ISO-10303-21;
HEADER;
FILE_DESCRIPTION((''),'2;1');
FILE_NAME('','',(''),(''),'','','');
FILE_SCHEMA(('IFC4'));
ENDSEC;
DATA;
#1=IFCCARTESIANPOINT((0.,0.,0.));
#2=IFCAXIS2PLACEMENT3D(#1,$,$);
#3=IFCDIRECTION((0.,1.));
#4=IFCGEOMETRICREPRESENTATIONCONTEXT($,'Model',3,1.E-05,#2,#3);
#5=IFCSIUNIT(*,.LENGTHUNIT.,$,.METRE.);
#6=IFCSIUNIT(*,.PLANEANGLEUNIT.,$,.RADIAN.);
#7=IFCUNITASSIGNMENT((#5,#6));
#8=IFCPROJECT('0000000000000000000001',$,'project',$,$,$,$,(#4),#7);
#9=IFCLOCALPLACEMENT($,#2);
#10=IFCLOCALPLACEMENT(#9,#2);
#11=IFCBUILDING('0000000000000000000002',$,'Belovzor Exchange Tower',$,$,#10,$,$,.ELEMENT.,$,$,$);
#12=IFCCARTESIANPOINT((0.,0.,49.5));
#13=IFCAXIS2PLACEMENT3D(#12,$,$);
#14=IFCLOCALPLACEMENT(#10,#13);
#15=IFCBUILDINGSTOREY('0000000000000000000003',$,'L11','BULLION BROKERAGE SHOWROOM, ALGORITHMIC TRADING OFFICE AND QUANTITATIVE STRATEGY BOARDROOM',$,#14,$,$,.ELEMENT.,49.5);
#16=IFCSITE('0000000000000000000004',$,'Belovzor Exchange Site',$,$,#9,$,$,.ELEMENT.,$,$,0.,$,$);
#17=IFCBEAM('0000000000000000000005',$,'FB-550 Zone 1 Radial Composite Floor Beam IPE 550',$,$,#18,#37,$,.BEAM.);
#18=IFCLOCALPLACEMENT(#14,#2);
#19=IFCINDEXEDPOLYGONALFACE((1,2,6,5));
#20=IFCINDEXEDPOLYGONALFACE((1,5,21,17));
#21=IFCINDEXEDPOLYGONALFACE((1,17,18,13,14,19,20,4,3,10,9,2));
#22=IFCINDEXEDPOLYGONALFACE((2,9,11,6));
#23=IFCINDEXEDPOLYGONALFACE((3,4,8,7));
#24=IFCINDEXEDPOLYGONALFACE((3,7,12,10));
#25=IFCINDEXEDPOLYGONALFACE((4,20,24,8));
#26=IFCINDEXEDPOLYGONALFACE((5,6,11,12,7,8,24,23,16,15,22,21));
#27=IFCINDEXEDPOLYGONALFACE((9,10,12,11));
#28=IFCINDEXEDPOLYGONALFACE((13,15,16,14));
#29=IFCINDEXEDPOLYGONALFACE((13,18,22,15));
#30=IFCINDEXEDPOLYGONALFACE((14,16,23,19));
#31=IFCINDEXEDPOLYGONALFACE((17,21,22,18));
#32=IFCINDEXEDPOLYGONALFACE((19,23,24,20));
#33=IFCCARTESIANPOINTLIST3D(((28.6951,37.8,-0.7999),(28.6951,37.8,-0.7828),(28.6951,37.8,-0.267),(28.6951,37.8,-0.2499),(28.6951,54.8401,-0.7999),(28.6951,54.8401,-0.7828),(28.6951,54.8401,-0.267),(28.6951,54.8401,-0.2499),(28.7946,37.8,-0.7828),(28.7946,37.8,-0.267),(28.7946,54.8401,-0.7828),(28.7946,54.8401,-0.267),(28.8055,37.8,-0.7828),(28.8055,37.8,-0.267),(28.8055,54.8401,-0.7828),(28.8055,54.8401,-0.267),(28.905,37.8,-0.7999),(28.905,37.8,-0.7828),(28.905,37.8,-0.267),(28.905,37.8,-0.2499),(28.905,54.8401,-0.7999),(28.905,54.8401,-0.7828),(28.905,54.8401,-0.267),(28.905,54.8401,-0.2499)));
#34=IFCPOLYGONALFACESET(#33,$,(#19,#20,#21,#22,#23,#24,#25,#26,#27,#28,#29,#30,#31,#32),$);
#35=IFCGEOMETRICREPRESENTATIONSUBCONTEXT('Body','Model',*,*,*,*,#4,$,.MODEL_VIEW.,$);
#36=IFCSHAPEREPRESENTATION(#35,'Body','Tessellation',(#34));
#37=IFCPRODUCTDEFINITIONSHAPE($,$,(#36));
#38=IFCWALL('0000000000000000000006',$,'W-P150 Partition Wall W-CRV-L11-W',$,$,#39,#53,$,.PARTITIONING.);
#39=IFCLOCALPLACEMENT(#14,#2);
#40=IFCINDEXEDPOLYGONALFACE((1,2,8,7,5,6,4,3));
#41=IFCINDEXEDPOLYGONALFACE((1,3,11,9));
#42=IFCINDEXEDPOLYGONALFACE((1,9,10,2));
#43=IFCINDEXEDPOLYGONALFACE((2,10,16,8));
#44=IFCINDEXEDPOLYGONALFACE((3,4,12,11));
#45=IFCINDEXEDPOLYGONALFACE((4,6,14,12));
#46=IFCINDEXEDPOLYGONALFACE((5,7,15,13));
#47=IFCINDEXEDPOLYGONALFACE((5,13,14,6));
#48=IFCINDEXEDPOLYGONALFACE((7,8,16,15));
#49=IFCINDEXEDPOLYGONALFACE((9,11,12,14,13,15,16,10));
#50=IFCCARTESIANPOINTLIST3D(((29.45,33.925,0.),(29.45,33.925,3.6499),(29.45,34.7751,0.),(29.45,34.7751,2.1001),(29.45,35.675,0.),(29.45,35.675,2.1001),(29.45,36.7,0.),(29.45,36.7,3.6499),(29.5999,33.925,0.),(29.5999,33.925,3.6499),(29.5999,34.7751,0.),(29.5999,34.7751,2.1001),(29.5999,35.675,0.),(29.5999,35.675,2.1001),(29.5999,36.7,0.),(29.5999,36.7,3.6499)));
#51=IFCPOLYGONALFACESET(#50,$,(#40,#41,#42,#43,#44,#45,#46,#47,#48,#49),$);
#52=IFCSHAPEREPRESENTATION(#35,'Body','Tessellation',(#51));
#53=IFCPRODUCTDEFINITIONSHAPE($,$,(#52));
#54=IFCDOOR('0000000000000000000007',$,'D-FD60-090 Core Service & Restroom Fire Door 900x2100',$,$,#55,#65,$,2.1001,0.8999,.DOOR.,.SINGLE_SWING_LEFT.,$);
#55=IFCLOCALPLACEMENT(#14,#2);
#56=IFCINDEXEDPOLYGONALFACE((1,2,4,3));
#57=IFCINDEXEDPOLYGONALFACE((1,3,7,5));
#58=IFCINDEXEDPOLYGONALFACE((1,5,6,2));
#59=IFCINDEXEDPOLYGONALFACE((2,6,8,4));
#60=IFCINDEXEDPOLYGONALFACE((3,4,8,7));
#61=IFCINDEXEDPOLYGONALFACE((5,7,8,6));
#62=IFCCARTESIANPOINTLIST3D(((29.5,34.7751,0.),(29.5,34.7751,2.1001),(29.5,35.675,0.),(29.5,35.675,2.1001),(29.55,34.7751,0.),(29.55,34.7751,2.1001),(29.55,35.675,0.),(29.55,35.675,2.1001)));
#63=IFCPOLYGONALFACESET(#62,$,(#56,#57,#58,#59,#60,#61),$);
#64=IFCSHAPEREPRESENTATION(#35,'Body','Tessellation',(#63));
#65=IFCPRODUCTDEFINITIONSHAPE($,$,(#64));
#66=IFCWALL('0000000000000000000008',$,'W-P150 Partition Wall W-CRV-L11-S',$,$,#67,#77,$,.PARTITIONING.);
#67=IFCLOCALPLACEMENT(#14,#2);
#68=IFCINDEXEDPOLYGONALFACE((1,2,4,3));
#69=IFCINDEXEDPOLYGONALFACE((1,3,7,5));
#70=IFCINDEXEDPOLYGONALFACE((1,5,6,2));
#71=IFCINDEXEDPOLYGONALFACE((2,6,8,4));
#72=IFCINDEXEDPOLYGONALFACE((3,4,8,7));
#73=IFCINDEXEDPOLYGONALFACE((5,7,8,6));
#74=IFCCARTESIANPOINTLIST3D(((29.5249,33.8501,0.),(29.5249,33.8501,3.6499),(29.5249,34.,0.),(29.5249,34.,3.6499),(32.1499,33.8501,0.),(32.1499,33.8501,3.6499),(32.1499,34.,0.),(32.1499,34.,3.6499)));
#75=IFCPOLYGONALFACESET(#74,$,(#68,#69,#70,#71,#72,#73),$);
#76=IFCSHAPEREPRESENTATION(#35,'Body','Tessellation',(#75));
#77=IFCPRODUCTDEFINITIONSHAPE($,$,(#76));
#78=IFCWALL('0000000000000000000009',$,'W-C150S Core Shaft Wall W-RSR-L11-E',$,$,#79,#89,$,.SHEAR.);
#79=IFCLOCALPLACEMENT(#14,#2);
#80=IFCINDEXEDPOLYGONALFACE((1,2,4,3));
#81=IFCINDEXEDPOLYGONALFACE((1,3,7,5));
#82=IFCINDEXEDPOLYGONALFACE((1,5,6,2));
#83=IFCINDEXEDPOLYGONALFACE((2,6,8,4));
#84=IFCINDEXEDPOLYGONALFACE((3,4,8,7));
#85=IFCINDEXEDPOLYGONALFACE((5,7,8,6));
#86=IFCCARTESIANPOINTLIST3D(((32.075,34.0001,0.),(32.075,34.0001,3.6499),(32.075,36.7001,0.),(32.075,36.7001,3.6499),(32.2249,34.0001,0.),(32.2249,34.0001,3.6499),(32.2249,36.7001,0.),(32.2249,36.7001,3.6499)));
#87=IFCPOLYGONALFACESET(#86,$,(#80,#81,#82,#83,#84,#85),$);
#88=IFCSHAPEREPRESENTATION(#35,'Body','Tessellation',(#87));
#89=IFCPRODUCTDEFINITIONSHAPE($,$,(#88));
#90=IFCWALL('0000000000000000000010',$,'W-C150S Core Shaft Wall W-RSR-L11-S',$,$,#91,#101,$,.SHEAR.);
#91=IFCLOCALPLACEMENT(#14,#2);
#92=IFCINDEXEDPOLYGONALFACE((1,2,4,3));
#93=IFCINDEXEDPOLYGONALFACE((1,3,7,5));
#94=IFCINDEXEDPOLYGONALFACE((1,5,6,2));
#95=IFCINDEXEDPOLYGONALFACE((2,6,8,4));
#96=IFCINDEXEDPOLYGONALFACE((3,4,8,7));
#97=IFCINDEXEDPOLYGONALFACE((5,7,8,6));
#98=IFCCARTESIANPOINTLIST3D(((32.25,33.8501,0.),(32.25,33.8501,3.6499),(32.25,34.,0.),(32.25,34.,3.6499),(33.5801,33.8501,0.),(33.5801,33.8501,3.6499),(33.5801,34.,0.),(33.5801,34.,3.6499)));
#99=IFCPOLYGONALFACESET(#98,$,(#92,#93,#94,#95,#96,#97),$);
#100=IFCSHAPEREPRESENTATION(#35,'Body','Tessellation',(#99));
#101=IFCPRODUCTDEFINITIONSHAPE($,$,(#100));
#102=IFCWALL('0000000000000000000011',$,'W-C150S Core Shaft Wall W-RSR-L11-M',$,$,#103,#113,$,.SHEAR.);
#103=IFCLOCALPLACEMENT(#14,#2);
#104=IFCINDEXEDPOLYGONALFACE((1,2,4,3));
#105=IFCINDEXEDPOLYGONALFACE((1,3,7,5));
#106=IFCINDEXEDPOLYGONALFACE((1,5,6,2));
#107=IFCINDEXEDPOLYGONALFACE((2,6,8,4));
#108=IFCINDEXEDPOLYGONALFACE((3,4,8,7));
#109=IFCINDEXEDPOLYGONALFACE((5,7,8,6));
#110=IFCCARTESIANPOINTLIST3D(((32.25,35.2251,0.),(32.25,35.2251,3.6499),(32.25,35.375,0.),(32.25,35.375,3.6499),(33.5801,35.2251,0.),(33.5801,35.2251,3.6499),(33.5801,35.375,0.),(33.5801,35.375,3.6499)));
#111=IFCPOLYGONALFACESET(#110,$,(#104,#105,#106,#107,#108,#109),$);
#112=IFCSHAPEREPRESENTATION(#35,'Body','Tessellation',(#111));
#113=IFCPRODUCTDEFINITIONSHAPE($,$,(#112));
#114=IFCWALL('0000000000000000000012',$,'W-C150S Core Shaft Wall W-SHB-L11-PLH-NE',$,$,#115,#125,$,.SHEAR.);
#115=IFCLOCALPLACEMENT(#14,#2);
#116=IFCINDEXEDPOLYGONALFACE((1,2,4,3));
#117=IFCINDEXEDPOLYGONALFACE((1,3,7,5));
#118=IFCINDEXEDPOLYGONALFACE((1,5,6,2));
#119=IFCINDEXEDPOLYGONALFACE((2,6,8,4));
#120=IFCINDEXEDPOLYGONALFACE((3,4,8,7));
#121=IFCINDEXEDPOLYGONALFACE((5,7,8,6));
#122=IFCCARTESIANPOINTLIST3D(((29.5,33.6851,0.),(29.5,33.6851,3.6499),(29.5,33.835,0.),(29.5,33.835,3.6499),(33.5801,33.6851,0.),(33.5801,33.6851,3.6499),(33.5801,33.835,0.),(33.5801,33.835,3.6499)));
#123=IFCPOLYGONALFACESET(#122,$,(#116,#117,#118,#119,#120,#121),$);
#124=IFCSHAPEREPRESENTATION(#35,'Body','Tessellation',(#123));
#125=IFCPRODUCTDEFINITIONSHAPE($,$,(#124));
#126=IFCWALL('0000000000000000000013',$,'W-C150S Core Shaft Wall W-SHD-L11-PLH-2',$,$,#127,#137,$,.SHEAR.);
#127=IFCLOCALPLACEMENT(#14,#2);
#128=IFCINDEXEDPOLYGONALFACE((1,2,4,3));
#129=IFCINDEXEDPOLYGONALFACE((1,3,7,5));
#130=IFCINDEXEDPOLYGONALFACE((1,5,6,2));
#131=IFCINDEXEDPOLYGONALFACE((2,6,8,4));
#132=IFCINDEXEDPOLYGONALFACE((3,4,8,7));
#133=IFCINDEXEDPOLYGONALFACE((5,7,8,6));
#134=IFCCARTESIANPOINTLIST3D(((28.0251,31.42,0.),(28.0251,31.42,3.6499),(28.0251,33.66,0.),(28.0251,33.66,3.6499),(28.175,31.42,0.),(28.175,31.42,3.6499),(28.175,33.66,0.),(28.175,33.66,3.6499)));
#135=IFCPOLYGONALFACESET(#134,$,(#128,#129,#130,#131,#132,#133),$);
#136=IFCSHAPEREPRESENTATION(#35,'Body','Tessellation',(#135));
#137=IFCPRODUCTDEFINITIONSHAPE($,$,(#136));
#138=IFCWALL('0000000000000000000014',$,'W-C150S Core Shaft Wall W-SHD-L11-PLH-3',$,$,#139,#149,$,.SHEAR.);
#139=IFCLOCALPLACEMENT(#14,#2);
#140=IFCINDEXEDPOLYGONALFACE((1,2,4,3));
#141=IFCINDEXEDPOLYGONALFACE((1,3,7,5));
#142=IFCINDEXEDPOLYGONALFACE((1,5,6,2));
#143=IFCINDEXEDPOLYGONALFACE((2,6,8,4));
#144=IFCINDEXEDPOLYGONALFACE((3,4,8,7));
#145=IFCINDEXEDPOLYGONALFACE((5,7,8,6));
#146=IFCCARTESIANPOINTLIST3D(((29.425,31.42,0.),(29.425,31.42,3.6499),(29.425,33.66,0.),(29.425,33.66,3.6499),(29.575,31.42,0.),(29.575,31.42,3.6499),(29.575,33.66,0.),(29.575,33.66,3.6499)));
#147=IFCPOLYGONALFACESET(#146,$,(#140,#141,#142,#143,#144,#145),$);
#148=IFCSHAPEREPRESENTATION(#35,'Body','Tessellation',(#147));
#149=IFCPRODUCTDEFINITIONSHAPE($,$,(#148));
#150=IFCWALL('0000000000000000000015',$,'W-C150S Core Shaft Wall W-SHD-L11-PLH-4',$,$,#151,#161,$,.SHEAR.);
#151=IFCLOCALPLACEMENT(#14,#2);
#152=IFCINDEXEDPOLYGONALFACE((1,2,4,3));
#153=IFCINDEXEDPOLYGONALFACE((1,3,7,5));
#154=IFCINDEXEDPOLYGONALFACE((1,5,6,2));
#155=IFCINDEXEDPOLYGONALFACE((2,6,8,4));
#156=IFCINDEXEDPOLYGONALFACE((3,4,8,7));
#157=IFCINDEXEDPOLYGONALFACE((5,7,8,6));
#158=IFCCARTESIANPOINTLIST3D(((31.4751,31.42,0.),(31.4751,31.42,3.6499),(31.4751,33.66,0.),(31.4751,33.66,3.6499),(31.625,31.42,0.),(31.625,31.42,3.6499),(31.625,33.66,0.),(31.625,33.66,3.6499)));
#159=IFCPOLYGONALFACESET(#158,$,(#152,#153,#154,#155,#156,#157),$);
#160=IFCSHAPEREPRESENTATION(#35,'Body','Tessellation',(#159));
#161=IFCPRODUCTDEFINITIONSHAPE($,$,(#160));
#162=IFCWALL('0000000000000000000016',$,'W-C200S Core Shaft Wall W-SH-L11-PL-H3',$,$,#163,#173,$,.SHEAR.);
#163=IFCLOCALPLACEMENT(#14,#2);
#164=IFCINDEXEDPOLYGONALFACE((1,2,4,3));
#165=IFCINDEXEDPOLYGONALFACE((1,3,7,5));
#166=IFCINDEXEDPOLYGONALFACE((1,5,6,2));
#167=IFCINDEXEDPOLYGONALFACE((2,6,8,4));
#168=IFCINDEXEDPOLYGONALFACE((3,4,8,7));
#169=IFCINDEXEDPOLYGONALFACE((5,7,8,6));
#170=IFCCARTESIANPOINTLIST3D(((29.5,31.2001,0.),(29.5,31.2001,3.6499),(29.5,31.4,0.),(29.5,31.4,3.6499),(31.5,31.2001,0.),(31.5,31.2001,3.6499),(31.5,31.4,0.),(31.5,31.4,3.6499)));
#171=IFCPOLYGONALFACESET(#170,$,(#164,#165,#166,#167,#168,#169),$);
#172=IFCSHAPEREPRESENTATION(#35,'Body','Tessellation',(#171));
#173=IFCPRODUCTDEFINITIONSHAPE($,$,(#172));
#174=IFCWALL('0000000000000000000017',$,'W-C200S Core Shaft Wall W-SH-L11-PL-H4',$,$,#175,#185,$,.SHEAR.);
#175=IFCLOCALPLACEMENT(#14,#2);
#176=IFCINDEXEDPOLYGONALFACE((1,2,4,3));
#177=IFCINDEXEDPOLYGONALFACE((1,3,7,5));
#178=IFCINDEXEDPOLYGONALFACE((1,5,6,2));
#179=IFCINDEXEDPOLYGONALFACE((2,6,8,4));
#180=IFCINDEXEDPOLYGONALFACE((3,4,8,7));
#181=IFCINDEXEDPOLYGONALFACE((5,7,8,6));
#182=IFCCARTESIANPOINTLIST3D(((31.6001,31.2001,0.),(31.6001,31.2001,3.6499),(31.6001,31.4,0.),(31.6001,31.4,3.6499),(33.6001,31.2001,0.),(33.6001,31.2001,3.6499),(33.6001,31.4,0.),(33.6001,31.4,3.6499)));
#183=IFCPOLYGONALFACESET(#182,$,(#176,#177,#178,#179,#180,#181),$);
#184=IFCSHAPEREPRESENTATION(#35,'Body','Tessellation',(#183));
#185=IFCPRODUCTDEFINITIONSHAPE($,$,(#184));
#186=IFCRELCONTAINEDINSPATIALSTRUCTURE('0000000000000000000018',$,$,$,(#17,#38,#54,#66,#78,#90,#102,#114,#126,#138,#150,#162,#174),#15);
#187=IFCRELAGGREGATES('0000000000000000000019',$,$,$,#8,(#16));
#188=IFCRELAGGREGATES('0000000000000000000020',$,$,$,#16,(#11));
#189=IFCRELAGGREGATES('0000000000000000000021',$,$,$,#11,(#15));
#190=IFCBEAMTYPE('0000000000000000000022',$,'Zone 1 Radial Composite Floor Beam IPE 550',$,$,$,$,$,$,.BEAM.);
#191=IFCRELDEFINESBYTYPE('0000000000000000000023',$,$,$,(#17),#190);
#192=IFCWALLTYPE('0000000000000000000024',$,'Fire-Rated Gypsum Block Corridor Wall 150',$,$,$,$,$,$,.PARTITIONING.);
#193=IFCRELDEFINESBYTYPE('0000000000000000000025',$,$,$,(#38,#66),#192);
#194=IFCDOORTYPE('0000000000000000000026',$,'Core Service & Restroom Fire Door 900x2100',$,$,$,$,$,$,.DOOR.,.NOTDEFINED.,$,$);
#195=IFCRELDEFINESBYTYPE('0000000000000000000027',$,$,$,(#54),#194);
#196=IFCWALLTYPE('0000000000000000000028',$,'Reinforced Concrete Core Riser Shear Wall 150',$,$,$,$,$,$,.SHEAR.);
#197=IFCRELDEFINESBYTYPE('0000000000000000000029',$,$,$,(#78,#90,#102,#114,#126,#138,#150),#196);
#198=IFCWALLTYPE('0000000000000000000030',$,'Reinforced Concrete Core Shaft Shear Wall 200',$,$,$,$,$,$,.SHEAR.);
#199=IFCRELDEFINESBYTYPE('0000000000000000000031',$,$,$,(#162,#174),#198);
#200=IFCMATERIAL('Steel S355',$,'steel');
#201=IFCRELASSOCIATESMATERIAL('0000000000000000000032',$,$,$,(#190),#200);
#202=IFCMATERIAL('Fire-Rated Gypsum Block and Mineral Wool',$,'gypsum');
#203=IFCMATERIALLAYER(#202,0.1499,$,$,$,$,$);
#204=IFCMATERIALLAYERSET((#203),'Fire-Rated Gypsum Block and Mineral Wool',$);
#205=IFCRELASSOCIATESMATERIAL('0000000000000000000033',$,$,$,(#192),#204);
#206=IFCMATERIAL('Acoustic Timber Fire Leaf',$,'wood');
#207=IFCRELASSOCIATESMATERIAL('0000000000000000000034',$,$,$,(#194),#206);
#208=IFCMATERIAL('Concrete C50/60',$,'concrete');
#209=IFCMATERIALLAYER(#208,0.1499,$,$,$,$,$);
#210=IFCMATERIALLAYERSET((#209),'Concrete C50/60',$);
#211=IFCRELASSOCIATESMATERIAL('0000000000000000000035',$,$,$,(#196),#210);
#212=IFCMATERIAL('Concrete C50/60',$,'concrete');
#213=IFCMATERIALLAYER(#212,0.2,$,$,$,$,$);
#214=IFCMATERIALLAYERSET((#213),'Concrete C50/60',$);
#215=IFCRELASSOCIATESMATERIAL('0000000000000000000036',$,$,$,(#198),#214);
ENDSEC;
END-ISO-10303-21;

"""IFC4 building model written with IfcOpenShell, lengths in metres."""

from ifc_helpers import new_model, si_unit, direction, frame, frame_2d, origin, origin_2d, place, context, subcontext, project, spatial, rectangle, i_section, extrude, material, layer, layer_set, material_profile, profile_set, type_object, element, fill, save


model = new_model("IFC4")

# Units and contexts
model_context = context("Model", 3, precision=1e-05, world=origin(), true_north=direction((0.0, 1.0)))
body_context = subcontext(model_context, "Body", "Model", "MODEL_VIEW")
ifc_project = project(units=[si_unit("LENGTHUNIT", "METRE"), si_unit("PLANEANGLEUNIT", "RADIAN")], contexts=[model_context])

# Site, building, storey
site_placement = place(None, origin())
site = spatial("IfcSite", under=ifc_project, at=site_placement, Name="Belovzor Exchange Site", CompositionType="ELEMENT", RefElevation=0.0)
building_placement = place(site_placement, origin())
building = spatial("IfcBuilding", under=site, at=building_placement, Name="Belovzor Exchange Tower", CompositionType="ELEMENT")
storey_placement = place(building_placement, frame((0.0, 0.0, 49.5)))
storey = spatial("IfcBuildingStorey", under=building, at=storey_placement, Name="L11", Description="BULLION BROKERAGE SHOWROOM, ALGORITHMIC TRADING OFFICE AND QUANTITATIVE STRATEGY BOARDROOM", CompositionType="ELEMENT", Elevation=49.5)

# Beam
ifc_material_1 = material(Name="Steel S355", Category="steel")
ifc_material_profile = material_profile(ifc_material_1, i_section(OverallWidth=0.21, OverallDepth=0.55, WebThickness=0.011, FlangeThickness=0.0171, at=origin_2d()))
ifc_profile_set = profile_set([ifc_material_profile], Name="Steel S355")
beam_type = type_object("IfcBeamType", Name="Zone 1 Radial Composite Floor Beam IPE 550", PredefinedType="BEAM", material=ifc_profile_set)
beam_placement = place(storey_placement, frame((28.8, 37.8, -0.5249), z_axis=(0.0, 1.0, 0.0), x_axis=(-1.0, 0.0, 0.0)))
element("IfcBeam", 1, at=beam_placement, inside=storey, type_object=beam_type, Name="FB-550 Zone 1 Radial Composite Floor Beam IPE 550", PredefinedType="BEAM", context=body_context, shape_type="SweptSolid", body=[
    extrude(i_section(OverallWidth=0.21, OverallDepth=0.55, WebThickness=0.011, FlangeThickness=0.0171, at=origin_2d()), origin(), (0.0, 0.0, 1.0), 17.04),
])

# Wall, opening, door
ifc_material_2 = material(Name="Fire-Rated Gypsum Block and Mineral Wool", Category="gypsum")
ifc_layer_1 = layer(ifc_material_2, 0.1499)
ifc_layer_set_1 = layer_set([ifc_layer_1], Name="Fire-Rated Gypsum Block and Mineral Wool")
wall_type_1 = type_object("IfcWallType", Name="Fire-Rated Gypsum Block Corridor Wall 150", PredefinedType="PARTITIONING", material=ifc_layer_set_1)
wall_1_placement = place(storey_placement, frame((29.5249, 33.925, 0.0), z_axis=(0.0, 0.0, 1.0), x_axis=(0.0, 1.0, 0.0)))
wall_1 = element("IfcWall", 2, at=wall_1_placement, inside=storey, type_object=wall_type_1, Name="W-P150 Partition Wall W-CRV-L11-W", PredefinedType="PARTITIONING", context=body_context, shape_type="SweptSolid", body=[
    extrude(rectangle(XDim=2.7749, YDim=0.1499, at=frame_2d((1.3875, 0.0))), origin(), (0.0, 0.0, 1.0), 3.6499),
])
opening_placement = place(wall_1_placement, frame((0.8501, 0.0, 0.0)))
opening = element("IfcOpeningElement", 3, at=opening_placement, cuts=wall_1, PredefinedType="OPENING", context=body_context, shape_type="SweptSolid", body=[
    extrude(rectangle(XDim=0.8999, YDim=2.1001, at=frame_2d((0.45, 1.05))), frame((0.0, 0.085, 0.0), z_axis=(0.0, -1.0, 0.0), x_axis=(1.0, 0.0, 0.0)), (0.0, 0.0, 1.0), 0.1699),
])
ifc_material_3 = material(Name="Acoustic Timber Fire Leaf", Category="wood")
door_type = type_object("IfcDoorType", Name="Core Service & Restroom Fire Door 900x2100", OperationType="NOTDEFINED", PredefinedType="DOOR", material=ifc_material_3)
door_placement = place(opening_placement, origin())
door = element("IfcDoor", 4, at=door_placement, inside=storey, type_object=door_type, Name="D-FD60-090 Core Service & Restroom Fire Door 900x2100", OperationType="SINGLE_SWING_LEFT", OverallHeight=2.1001, OverallWidth=0.8999, PredefinedType="DOOR", context=body_context, shape_type="SweptSolid", body=[
    extrude(rectangle(XDim=0.8999, YDim=2.1001, at=frame_2d((0.45, 1.05))), frame((0.0, 0.0249, 0.0), z_axis=(0.0, -1.0, 0.0), x_axis=(1.0, 0.0, 0.0)), (0.0, 0.0, 1.0), 0.05),
])
fill(opening, door)

# Walls
wall_2_placement = place(storey_placement, frame((29.5249, 33.925, 0.0), z_axis=(0.0, 0.0, 1.0), x_axis=(1.0, 0.0, 0.0)))
element("IfcWall", 5, at=wall_2_placement, inside=storey, type_object=wall_type_1, Name="W-P150 Partition Wall W-CRV-L11-S", PredefinedType="PARTITIONING", context=body_context, shape_type="SweptSolid", body=[
    extrude(rectangle(XDim=2.625, YDim=0.1499, at=frame_2d((1.3125, 0.0))), origin(), (0.0, 0.0, 1.0), 3.6499),
])
ifc_material_4 = material(Name="Concrete C50/60", Category="concrete")
ifc_layer_2 = layer(ifc_material_4, 0.1499)
ifc_layer_set_2 = layer_set([ifc_layer_2], Name="Concrete C50/60")
wall_type_2 = type_object("IfcWallType", Name="Reinforced Concrete Core Riser Shear Wall 150", PredefinedType="SHEAR", material=ifc_layer_set_2)
wall_3_placement = place(storey_placement, frame((32.1499, 34.0, 0.0), z_axis=(0.0, 0.0, 1.0), x_axis=(0.0, 1.0, 0.0)))
element("IfcWall", 6, at=wall_3_placement, inside=storey, type_object=wall_type_2, Name="W-C150S Core Shaft Wall W-RSR-L11-E", PredefinedType="SHEAR", context=body_context, shape_type="SweptSolid", body=[
    extrude(rectangle(XDim=2.7, YDim=0.1499, at=frame_2d((1.3501, 0.0))), origin(), (0.0, 0.0, 1.0), 3.6499),
])
for number, where, z_axis, x_axis, name in (
    (7, (32.25, 33.925, 0.0), (0.0, 0.0, 1.0), (1.0, 0.0, 0.0), "W-C150S Core Shaft Wall W-RSR-L11-S"),
    (8, (32.25, 35.3, 0.0), (0.0, 0.0, 1.0), (1.0, 0.0, 0.0), "W-C150S Core Shaft Wall W-RSR-L11-M"),
):
    element("IfcWall", number, at=place(storey_placement, frame(where, z_axis=z_axis, x_axis=x_axis)), inside=storey, type_object=wall_type_2, Name=name, PredefinedType="SHEAR", context=body_context, shape_type="SweptSolid", body=[
        extrude(rectangle(XDim=1.3301, YDim=0.1499, at=frame_2d((0.665, 0.0))), origin(), (0.0, 0.0, 1.0), 3.6499),
    ])
wall_4_placement = place(storey_placement, frame((29.5, 33.76, 0.0), z_axis=(0.0, 0.0, 1.0), x_axis=(1.0, 0.0, 0.0)))
element("IfcWall", 9, at=wall_4_placement, inside=storey, type_object=wall_type_2, Name="W-C150S Core Shaft Wall W-SHB-L11-PLH-NE", PredefinedType="SHEAR", context=body_context, shape_type="SweptSolid", body=[
    extrude(rectangle(XDim=4.0801, YDim=0.1499, at=frame_2d((2.04, 0.0))), origin(), (0.0, 0.0, 1.0), 3.6499),
])
for number, where, z_axis, x_axis, name in (
    (10, (28.1001, 31.4199, 0.0), (0.0, 0.0, 1.0), (0.0, 1.0, 0.0), "W-C150S Core Shaft Wall W-SHD-L11-PLH-2"),
    (11, (29.5, 31.4199, 0.0), (0.0, 0.0, 1.0), (0.0, 1.0, 0.0), "W-C150S Core Shaft Wall W-SHD-L11-PLH-3"),
    (12, (31.55, 31.4199, 0.0), (0.0, 0.0, 1.0), (0.0, 1.0, 0.0), "W-C150S Core Shaft Wall W-SHD-L11-PLH-4"),
):
    element("IfcWall", number, at=place(storey_placement, frame(where, z_axis=z_axis, x_axis=x_axis)), inside=storey, type_object=wall_type_2, Name=name, PredefinedType="SHEAR", context=body_context, shape_type="SweptSolid", body=[
        extrude(rectangle(XDim=2.24, YDim=0.1499, at=frame_2d((1.1201, 0.0))), origin(), (0.0, 0.0, 1.0), 3.6499),
    ])
ifc_material_5 = material(Name="Concrete C50/60", Category="concrete")
ifc_layer_3 = layer(ifc_material_5, 0.2)
ifc_layer_set_3 = layer_set([ifc_layer_3], Name="Concrete C50/60")
wall_type_3 = type_object("IfcWallType", Name="Reinforced Concrete Core Shaft Shear Wall 200", PredefinedType="SHEAR", material=ifc_layer_set_3)
for number, where, z_axis, x_axis, name in (
    (13, (29.5, 31.3, 0.0), (0.0, 0.0, 1.0), (1.0, 0.0, 0.0), "W-C200S Core Shaft Wall W-SH-L11-PL-H3"),
    (14, (31.6001, 31.3, 0.0), (0.0, 0.0, 1.0), (1.0, 0.0, 0.0), "W-C200S Core Shaft Wall W-SH-L11-PL-H4"),
):
    element("IfcWall", number, at=place(storey_placement, frame(where, z_axis=z_axis, x_axis=x_axis)), inside=storey, type_object=wall_type_3, Name=name, PredefinedType="SHEAR", context=body_context, shape_type="SweptSolid", body=[
        extrude(rectangle(XDim=2.0, YDim=0.2, at=frame_2d((1.0, 0.0))), origin(), (0.0, 0.0, 1.0), 3.6499),
    ])

save(model, "model.ifc")
